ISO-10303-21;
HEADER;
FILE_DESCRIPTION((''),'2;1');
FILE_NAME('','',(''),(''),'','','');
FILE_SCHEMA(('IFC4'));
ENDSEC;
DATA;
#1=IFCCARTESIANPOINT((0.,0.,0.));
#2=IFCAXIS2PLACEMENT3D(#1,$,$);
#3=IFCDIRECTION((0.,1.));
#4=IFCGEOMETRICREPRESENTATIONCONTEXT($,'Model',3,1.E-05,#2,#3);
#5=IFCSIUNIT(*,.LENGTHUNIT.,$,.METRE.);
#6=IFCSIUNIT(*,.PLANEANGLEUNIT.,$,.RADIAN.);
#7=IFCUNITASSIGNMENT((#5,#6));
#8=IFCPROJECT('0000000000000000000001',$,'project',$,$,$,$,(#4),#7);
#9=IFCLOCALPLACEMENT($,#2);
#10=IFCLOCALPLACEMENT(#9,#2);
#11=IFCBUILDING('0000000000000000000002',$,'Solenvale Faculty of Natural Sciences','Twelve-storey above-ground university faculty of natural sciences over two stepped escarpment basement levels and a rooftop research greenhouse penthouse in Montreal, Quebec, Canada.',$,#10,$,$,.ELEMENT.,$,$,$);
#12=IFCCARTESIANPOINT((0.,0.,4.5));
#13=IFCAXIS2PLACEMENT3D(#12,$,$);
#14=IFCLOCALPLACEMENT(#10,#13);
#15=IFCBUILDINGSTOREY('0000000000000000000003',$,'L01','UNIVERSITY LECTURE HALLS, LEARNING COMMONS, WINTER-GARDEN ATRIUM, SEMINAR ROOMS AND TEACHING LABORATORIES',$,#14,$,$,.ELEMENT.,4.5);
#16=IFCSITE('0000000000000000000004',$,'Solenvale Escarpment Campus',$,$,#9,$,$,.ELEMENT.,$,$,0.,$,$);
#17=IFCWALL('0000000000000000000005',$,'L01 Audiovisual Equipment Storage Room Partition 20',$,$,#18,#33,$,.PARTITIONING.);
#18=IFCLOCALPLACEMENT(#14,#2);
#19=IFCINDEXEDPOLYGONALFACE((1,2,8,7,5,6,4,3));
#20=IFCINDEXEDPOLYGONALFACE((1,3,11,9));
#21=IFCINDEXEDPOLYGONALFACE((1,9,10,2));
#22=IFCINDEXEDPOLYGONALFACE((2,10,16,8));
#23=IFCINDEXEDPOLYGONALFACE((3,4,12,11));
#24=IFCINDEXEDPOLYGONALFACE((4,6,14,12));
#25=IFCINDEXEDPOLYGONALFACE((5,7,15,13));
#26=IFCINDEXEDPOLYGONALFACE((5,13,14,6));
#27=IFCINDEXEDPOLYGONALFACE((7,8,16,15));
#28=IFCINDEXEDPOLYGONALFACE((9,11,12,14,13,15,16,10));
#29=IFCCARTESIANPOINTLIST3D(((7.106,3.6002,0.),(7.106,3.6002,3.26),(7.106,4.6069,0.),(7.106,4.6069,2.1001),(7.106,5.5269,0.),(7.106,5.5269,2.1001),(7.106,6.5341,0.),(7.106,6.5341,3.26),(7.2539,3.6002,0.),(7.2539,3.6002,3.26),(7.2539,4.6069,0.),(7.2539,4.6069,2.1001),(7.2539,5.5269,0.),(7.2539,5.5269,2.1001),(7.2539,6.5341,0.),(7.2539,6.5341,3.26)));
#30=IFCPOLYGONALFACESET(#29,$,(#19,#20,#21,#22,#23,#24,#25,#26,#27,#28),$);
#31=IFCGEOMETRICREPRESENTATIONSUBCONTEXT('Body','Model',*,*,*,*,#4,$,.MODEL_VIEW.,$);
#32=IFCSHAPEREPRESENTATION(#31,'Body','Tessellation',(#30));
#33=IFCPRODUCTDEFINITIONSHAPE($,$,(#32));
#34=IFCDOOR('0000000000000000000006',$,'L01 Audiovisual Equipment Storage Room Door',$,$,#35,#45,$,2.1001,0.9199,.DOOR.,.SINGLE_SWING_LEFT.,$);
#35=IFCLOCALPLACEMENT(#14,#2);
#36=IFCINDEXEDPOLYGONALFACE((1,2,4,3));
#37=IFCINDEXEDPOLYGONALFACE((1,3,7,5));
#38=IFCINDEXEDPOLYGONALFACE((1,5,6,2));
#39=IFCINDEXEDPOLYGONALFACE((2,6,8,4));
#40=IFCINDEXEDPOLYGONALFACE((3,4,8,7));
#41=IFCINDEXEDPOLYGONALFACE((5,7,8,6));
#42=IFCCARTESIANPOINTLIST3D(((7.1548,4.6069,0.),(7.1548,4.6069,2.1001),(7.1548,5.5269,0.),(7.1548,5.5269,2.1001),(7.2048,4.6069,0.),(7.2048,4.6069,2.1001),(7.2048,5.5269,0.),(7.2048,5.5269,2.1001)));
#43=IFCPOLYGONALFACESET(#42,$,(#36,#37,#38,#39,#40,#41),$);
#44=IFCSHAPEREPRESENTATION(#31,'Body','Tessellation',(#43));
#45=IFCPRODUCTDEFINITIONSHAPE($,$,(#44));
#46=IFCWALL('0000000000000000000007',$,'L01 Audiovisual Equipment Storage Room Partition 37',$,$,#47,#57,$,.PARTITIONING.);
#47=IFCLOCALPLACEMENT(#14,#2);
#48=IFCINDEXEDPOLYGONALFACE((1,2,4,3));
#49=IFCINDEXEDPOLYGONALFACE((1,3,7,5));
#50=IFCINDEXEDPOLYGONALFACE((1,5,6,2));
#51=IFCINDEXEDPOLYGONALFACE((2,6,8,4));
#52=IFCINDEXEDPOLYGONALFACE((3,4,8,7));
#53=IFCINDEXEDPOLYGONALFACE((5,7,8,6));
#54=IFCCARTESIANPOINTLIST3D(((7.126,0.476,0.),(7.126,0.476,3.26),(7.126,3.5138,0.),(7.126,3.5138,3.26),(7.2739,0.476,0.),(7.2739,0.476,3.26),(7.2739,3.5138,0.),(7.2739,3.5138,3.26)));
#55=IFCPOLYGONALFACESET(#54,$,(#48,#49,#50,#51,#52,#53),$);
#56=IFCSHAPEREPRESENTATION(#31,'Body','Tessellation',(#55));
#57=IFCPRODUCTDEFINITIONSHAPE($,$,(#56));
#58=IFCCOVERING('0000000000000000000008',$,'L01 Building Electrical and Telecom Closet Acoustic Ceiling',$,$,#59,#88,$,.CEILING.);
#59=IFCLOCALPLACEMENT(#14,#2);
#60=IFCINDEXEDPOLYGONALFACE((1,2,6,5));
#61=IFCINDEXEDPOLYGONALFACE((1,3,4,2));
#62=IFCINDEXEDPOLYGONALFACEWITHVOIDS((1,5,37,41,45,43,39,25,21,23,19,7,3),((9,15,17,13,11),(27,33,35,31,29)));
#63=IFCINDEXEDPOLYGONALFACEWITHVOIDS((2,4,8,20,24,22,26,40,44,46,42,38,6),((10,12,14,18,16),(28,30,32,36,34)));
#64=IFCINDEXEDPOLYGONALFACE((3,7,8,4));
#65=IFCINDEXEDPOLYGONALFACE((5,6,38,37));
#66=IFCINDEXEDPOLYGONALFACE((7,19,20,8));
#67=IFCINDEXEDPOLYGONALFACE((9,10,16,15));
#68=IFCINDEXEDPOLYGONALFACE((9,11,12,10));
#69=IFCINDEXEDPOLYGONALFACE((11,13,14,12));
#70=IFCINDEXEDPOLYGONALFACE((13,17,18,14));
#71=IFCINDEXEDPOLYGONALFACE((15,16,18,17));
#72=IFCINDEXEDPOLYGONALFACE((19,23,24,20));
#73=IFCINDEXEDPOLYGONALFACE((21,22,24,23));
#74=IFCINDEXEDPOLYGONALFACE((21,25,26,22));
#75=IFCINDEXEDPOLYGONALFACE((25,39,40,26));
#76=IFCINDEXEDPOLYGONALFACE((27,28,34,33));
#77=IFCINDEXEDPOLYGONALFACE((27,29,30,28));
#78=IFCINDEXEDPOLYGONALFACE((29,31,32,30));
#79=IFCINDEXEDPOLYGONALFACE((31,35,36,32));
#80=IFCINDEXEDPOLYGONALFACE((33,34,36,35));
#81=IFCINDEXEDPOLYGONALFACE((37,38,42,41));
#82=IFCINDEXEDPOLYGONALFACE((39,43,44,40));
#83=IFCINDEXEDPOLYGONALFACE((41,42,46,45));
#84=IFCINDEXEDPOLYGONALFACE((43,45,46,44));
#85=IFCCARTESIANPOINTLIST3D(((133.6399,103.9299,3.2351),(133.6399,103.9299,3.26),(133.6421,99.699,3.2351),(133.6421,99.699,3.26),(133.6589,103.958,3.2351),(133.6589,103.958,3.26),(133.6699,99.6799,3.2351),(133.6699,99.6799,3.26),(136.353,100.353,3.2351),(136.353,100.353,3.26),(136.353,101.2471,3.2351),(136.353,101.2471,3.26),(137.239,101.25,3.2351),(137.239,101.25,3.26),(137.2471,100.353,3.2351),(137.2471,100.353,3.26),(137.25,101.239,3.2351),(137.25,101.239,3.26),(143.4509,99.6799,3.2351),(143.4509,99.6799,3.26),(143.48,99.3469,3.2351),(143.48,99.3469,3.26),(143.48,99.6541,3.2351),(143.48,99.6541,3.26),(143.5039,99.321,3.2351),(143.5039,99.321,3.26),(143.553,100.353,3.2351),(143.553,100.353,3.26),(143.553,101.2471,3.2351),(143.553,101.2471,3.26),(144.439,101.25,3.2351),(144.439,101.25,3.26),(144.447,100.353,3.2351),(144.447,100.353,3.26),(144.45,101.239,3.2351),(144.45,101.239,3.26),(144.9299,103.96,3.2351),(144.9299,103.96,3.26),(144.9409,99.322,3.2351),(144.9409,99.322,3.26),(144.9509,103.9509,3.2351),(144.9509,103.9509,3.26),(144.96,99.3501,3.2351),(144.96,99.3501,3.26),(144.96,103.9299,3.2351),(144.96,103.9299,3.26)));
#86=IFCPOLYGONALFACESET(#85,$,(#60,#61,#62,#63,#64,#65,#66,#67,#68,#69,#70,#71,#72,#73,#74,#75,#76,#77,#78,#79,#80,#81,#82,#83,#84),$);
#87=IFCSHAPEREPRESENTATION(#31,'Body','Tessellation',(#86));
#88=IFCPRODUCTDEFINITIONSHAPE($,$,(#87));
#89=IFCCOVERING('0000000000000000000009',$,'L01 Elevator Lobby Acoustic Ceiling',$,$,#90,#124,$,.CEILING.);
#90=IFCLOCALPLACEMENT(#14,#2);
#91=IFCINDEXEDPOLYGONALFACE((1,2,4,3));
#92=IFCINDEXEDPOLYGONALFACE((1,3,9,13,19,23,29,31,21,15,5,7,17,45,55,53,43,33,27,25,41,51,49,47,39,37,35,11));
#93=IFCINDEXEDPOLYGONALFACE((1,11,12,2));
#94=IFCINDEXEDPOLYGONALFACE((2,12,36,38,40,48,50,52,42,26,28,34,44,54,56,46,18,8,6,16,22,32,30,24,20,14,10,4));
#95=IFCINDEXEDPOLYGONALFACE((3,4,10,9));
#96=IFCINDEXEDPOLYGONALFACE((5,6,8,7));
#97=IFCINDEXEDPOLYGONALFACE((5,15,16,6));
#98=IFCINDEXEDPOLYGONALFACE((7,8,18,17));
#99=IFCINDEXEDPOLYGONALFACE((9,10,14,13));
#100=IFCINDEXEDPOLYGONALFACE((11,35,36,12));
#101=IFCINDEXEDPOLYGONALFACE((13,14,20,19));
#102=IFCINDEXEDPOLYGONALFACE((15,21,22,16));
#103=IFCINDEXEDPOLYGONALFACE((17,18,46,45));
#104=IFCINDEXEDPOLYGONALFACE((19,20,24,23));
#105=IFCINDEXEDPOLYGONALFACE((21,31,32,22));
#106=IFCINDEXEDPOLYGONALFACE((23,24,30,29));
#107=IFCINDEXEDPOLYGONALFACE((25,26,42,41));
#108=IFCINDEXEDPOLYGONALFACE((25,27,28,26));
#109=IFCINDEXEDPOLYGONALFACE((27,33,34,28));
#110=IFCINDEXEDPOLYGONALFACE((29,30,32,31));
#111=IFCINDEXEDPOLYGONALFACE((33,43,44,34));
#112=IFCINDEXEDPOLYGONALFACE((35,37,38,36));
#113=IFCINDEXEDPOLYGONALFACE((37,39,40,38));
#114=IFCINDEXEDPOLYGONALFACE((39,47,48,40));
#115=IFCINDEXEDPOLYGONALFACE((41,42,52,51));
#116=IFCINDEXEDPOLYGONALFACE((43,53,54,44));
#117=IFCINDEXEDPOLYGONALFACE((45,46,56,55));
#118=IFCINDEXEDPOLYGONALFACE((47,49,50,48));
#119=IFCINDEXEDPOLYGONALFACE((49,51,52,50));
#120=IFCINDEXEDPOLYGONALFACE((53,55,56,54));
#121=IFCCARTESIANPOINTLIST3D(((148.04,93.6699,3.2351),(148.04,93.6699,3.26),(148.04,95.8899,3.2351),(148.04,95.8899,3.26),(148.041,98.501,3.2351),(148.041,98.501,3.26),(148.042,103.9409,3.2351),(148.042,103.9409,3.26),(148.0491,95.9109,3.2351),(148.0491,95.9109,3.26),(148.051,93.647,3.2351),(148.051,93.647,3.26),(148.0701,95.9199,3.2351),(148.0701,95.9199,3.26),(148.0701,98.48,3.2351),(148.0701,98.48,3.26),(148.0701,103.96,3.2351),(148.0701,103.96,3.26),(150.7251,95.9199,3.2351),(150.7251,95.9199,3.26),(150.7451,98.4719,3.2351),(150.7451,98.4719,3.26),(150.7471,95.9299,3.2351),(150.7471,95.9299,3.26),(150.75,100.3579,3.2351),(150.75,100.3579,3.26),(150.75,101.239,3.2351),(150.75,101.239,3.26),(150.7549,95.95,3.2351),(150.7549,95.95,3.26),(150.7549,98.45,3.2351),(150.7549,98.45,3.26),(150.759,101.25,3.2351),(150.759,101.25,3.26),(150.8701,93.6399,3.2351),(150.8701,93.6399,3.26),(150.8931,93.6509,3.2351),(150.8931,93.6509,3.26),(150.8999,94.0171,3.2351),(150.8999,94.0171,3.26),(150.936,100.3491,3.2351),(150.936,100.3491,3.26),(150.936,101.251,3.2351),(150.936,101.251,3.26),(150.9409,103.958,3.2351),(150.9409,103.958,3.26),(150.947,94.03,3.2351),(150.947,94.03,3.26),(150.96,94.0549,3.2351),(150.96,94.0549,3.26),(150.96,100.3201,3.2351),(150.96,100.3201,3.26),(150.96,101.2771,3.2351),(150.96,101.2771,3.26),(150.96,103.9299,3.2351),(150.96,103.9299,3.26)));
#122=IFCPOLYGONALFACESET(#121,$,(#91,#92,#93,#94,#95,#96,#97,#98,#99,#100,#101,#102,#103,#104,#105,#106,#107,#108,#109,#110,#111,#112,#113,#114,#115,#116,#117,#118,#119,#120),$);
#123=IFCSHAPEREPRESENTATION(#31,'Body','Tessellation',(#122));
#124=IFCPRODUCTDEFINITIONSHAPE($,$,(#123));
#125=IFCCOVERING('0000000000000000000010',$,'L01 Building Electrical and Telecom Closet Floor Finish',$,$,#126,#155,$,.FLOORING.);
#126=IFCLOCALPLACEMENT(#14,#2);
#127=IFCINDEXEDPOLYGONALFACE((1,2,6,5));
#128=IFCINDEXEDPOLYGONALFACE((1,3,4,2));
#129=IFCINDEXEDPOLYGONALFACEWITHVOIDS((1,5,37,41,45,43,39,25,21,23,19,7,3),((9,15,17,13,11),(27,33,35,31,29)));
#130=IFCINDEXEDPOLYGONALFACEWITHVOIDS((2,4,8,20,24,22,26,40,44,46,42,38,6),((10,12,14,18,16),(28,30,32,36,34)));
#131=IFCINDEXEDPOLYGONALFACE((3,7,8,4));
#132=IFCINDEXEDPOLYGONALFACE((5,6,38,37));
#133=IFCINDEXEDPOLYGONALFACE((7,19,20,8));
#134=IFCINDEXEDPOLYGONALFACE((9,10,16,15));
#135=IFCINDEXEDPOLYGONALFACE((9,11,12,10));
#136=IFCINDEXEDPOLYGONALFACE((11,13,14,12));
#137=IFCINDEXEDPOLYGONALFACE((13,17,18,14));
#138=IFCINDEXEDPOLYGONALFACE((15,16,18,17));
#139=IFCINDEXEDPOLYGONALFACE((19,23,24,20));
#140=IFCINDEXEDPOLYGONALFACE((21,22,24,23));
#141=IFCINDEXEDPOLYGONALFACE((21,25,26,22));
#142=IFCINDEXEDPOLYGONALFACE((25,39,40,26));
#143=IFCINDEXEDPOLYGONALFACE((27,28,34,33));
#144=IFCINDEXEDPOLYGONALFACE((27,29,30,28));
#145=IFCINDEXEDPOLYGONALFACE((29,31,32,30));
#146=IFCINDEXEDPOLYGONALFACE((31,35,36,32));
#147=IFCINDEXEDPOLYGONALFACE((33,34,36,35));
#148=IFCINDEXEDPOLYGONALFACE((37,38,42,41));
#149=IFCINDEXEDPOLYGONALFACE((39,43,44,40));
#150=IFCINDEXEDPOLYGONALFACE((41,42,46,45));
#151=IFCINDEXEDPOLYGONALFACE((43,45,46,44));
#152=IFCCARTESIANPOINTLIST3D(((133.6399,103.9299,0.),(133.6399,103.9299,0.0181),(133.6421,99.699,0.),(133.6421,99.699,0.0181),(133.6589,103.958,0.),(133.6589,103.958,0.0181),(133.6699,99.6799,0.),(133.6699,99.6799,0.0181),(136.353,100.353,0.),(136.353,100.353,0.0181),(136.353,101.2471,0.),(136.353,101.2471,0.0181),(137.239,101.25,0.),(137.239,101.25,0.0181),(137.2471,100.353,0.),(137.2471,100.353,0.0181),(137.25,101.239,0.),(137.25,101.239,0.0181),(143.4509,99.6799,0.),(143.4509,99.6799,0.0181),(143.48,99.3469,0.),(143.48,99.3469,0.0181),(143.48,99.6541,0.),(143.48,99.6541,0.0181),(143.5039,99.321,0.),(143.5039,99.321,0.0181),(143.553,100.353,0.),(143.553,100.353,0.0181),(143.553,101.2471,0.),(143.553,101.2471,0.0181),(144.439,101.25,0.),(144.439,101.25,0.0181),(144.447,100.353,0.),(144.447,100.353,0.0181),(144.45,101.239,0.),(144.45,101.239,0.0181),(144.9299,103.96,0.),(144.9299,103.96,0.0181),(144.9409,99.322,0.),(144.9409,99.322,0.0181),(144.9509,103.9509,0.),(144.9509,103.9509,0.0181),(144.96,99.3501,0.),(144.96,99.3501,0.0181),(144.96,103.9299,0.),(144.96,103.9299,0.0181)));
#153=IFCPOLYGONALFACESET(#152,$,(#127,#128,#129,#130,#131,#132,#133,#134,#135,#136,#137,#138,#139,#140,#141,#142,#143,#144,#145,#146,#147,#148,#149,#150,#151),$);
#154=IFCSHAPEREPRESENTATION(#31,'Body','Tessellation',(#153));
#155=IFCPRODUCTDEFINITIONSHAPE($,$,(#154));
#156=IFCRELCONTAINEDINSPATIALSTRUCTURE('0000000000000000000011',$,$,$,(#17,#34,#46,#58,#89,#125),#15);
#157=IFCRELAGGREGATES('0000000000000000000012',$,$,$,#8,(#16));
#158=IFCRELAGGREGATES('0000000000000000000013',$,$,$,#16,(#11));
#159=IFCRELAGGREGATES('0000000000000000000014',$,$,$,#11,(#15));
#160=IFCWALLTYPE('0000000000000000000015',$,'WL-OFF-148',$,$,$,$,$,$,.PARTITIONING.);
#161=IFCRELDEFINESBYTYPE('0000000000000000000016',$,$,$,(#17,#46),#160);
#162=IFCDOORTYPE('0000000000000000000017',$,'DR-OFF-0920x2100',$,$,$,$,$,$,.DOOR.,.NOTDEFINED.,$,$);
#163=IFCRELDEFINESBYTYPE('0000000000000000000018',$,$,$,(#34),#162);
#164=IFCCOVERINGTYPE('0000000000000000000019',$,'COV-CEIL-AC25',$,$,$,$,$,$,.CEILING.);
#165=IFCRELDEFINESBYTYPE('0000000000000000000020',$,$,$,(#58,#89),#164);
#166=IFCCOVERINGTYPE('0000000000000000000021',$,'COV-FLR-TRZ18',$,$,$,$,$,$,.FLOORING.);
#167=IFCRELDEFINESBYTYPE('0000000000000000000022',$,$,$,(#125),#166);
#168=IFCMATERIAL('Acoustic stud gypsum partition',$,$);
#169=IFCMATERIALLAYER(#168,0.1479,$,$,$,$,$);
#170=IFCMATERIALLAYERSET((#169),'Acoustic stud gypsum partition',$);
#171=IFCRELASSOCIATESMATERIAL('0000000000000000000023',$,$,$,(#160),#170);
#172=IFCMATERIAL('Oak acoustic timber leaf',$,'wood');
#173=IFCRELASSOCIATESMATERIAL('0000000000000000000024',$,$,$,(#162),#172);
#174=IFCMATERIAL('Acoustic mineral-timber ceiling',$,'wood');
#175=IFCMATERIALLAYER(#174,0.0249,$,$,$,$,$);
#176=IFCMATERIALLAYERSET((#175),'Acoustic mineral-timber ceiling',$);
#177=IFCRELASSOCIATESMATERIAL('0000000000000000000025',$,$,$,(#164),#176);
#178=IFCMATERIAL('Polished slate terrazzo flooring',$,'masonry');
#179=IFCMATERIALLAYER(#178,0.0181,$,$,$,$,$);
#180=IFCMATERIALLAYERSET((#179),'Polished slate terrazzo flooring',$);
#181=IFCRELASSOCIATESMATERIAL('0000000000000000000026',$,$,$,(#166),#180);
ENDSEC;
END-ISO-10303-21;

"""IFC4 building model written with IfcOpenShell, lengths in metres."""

from ifc_helpers import new_model, si_unit, direction, frame, frame_2d, origin, place, context, subcontext, project, spatial, polyline, rectangle, outline, extrude, material, layer, layer_set, type_object, element, fill, save


model = new_model("IFC4")

# Units and contexts
model_context = context("Model", 3, precision=1e-05, world=origin(), true_north=direction((0.0, 1.0)))
body_context = subcontext(model_context, "Body", "Model", "MODEL_VIEW")
ifc_project = project(units=[si_unit("LENGTHUNIT", "METRE"), si_unit("PLANEANGLEUNIT", "RADIAN")], contexts=[model_context])

# Site, building, storey
site_placement = place(None, origin())
site = spatial("IfcSite", under=ifc_project, at=site_placement, Name="Solenvale Escarpment Campus", CompositionType="ELEMENT", RefElevation=0.0)
building_placement = place(site_placement, origin())
building = spatial("IfcBuilding", under=site, at=building_placement, Name="Solenvale Faculty of Natural Sciences", Description="Twelve-storey above-ground university faculty of natural sciences over two stepped escarpment basement levels and a rooftop research greenhouse penthouse in Montreal, Quebec, Canada.", CompositionType="ELEMENT")
storey_placement = place(building_placement, frame((0.0, 0.0, 4.5)))
storey = spatial("IfcBuildingStorey", under=building, at=storey_placement, Name="L01", Description="UNIVERSITY LECTURE HALLS, LEARNING COMMONS, WINTER-GARDEN ATRIUM, SEMINAR ROOMS AND TEACHING LABORATORIES", CompositionType="ELEMENT", Elevation=4.5)

# Wall, opening, door
ifc_material_1 = material(Name="Acoustic stud gypsum partition")
ifc_layer_1 = layer(ifc_material_1, 0.1479)
ifc_layer_set_1 = layer_set([ifc_layer_1], Name="Acoustic stud gypsum partition")
wall_type_1 = type_object("IfcWallType", Name="WL-OFF-148", PredefinedType="PARTITIONING", material=ifc_layer_set_1)
wall_1_placement = place(storey_placement, frame((7.1799, 6.5339, 0.0), z_axis=(0.0, 0.0, 1.0), x_axis=(0.0, -1.0, 0.0)))
wall_1 = element("IfcWall", 1, at=wall_1_placement, inside=storey, type_object=wall_type_1, Name="L01 Audiovisual Equipment Storage Room Partition 20", PredefinedType="PARTITIONING", context=body_context, shape_type="SweptSolid", body=[
    extrude(rectangle(XDim=2.9338, YDim=0.1479, at=frame_2d((1.4668, 0.0))), origin(), (0.0, 0.0, 1.0), 3.26),
])
opening_1_placement = place(wall_1_placement, frame((1.0071, 0.0, 0.0)))
opening_1 = element("IfcOpeningElement", 2, at=opening_1_placement, cuts=wall_1, PredefinedType="OPENING", context=body_context, shape_type="SweptSolid", body=[
    extrude(rectangle(XDim=0.9199, YDim=2.1001, at=frame_2d((0.46, 1.05))), frame((0.0, 0.084, 0.0), z_axis=(0.0, -1.0, 0.0), x_axis=(1.0, 0.0, 0.0)), (0.0, 0.0, 1.0), 0.168),
])
ifc_material_2 = material(Name="Oak acoustic timber leaf", Category="wood")
door_type = type_object("IfcDoorType", Name="DR-OFF-0920x2100", OperationType="NOTDEFINED", PredefinedType="DOOR", material=ifc_material_2)
door_placement = place(opening_1_placement, origin())
door = element("IfcDoor", 3, at=door_placement, inside=storey, type_object=door_type, Name="L01 Audiovisual Equipment Storage Room Door", OperationType="SINGLE_SWING_LEFT", OverallHeight=2.1001, OverallWidth=0.9199, PredefinedType="DOOR", context=body_context, shape_type="SweptSolid", body=[
    extrude(rectangle(XDim=0.9199, YDim=2.1001, at=frame_2d((0.46, 1.05))), frame((0.0, 0.0249, 0.0), z_axis=(0.0, -1.0, 0.0), x_axis=(1.0, 0.0, 0.0)), (0.0, 0.0, 1.0), 0.05),
])
fill(opening_1, door)

# Wall
wall_2_placement = place(storey_placement, frame((7.2, 3.5139, 0.0), z_axis=(0.0, 0.0, 1.0), x_axis=(0.0, -1.0, 0.0)))
element("IfcWall", 4, at=wall_2_placement, inside=storey, type_object=wall_type_1, Name="L01 Audiovisual Equipment Storage Room Partition 37", PredefinedType="PARTITIONING", context=body_context, shape_type="SweptSolid", body=[
    extrude(rectangle(XDim=3.0378, YDim=0.1479, at=frame_2d((1.519, 0.0))), origin(), (0.0, 0.0, 1.0), 3.26),
])

# Coverings
ifc_material_3 = material(Name="Acoustic mineral-timber ceiling", Category="wood")
ifc_layer_2 = layer(ifc_material_3, 0.0249)
ifc_layer_set_2 = layer_set([ifc_layer_2], Name="Acoustic mineral-timber ceiling")
covering_type_1 = type_object("IfcCoveringType", Name="COV-CEIL-AC25", PredefinedType="CEILING", material=ifc_layer_set_2)
covering_1_placement = place(storey_placement, frame((0.0, 0.0, 3.2351)))
element("IfcCovering", 5, at=covering_1_placement, inside=storey, type_object=covering_type_1, Name="L01 Building Electrical and Telecom Closet Acoustic Ceiling", PredefinedType="CEILING", context=body_context, shape_type="SweptSolid", body=[
    extrude(outline(polyline([(144.9299, 103.96), (144.9509, 103.9509), (144.96, 103.9299), (144.96, 99.3501), (144.9409, 99.322), (143.5039, 99.321), (143.48, 99.3469), (143.48, 99.6541), (143.4509, 99.6799), (133.6699, 99.6799), (133.6421, 99.699), (133.6399, 103.9299), (133.6589, 103.958), (144.9299, 103.96)]), holes=[polyline([(144.45, 101.239), (144.439, 101.25), (143.553, 101.2471), (143.553, 100.353), (144.447, 100.353), (144.45, 101.239)]), polyline([(137.25, 101.239), (137.239, 101.25), (136.353, 101.2471), (136.353, 100.353), (137.2471, 100.353), (137.25, 101.239)])]), origin(), (0.0, 0.0, 1.0), 0.0249),
])
covering_2_placement = place(storey_placement, frame((0.0, 0.0, 3.2351)))
element("IfcCovering", 6, at=covering_2_placement, inside=storey, type_object=covering_type_1, Name="L01 Elevator Lobby Acoustic Ceiling", PredefinedType="CEILING", context=body_context, shape_type="SweptSolid", body=[
    extrude(outline(polyline([(148.04, 95.8899), (148.0491, 95.9109), (148.0701, 95.9199), (150.7251, 95.9199), (150.7471, 95.9299), (150.7549, 95.95), (150.7549, 98.45), (150.7451, 98.4719), (148.0701, 98.48), (148.041, 98.501), (148.042, 103.9409), (148.0701, 103.96), (150.9409, 103.958), (150.96, 103.9299), (150.96, 101.2771), (150.936, 101.251), (150.759, 101.25), (150.75, 101.239), (150.75, 100.3579), (150.936, 100.3491), (150.96, 100.3201), (150.96, 94.0549), (150.947, 94.03), (150.8999, 94.0171), (150.8931, 93.6509), (150.8701, 93.6399), (148.051, 93.647), (148.04, 93.6699), (148.04, 95.8899)])), origin(), (0.0, 0.0, 1.0), 0.0249),
])
ifc_material_4 = material(Name="Polished slate terrazzo flooring", Category="masonry")
ifc_layer_3 = layer(ifc_material_4, 0.0181)
ifc_layer_set_3 = layer_set([ifc_layer_3], Name="Polished slate terrazzo flooring")
covering_type_2 = type_object("IfcCoveringType", Name="COV-FLR-TRZ18", PredefinedType="FLOORING", material=ifc_layer_set_3)
covering_3_placement = place(storey_placement, origin())
element("IfcCovering", 7, at=covering_3_placement, inside=storey, type_object=covering_type_2, Name="L01 Building Electrical and Telecom Closet Floor Finish", PredefinedType="FLOORING", context=body_context, shape_type="SweptSolid", body=[
    extrude(outline(polyline([(144.9299, 103.96), (144.9509, 103.9509), (144.96, 103.9299), (144.96, 99.3501), (144.9409, 99.322), (143.5039, 99.321), (143.48, 99.3469), (143.48, 99.6541), (143.4509, 99.6799), (133.6699, 99.6799), (133.6421, 99.699), (133.6399, 103.9299), (133.6589, 103.958), (144.9299, 103.96)]), holes=[polyline([(144.45, 101.239), (144.439, 101.25), (143.553, 101.2471), (143.553, 100.353), (144.447, 100.353), (144.45, 101.239)]), polyline([(137.25, 101.239), (137.239, 101.25), (136.353, 101.2471), (136.353, 100.353), (137.2471, 100.353), (137.25, 101.239)])]), origin(), (0.0, 0.0, 1.0), 0.0181),
])

save(model, "model.ifc")
